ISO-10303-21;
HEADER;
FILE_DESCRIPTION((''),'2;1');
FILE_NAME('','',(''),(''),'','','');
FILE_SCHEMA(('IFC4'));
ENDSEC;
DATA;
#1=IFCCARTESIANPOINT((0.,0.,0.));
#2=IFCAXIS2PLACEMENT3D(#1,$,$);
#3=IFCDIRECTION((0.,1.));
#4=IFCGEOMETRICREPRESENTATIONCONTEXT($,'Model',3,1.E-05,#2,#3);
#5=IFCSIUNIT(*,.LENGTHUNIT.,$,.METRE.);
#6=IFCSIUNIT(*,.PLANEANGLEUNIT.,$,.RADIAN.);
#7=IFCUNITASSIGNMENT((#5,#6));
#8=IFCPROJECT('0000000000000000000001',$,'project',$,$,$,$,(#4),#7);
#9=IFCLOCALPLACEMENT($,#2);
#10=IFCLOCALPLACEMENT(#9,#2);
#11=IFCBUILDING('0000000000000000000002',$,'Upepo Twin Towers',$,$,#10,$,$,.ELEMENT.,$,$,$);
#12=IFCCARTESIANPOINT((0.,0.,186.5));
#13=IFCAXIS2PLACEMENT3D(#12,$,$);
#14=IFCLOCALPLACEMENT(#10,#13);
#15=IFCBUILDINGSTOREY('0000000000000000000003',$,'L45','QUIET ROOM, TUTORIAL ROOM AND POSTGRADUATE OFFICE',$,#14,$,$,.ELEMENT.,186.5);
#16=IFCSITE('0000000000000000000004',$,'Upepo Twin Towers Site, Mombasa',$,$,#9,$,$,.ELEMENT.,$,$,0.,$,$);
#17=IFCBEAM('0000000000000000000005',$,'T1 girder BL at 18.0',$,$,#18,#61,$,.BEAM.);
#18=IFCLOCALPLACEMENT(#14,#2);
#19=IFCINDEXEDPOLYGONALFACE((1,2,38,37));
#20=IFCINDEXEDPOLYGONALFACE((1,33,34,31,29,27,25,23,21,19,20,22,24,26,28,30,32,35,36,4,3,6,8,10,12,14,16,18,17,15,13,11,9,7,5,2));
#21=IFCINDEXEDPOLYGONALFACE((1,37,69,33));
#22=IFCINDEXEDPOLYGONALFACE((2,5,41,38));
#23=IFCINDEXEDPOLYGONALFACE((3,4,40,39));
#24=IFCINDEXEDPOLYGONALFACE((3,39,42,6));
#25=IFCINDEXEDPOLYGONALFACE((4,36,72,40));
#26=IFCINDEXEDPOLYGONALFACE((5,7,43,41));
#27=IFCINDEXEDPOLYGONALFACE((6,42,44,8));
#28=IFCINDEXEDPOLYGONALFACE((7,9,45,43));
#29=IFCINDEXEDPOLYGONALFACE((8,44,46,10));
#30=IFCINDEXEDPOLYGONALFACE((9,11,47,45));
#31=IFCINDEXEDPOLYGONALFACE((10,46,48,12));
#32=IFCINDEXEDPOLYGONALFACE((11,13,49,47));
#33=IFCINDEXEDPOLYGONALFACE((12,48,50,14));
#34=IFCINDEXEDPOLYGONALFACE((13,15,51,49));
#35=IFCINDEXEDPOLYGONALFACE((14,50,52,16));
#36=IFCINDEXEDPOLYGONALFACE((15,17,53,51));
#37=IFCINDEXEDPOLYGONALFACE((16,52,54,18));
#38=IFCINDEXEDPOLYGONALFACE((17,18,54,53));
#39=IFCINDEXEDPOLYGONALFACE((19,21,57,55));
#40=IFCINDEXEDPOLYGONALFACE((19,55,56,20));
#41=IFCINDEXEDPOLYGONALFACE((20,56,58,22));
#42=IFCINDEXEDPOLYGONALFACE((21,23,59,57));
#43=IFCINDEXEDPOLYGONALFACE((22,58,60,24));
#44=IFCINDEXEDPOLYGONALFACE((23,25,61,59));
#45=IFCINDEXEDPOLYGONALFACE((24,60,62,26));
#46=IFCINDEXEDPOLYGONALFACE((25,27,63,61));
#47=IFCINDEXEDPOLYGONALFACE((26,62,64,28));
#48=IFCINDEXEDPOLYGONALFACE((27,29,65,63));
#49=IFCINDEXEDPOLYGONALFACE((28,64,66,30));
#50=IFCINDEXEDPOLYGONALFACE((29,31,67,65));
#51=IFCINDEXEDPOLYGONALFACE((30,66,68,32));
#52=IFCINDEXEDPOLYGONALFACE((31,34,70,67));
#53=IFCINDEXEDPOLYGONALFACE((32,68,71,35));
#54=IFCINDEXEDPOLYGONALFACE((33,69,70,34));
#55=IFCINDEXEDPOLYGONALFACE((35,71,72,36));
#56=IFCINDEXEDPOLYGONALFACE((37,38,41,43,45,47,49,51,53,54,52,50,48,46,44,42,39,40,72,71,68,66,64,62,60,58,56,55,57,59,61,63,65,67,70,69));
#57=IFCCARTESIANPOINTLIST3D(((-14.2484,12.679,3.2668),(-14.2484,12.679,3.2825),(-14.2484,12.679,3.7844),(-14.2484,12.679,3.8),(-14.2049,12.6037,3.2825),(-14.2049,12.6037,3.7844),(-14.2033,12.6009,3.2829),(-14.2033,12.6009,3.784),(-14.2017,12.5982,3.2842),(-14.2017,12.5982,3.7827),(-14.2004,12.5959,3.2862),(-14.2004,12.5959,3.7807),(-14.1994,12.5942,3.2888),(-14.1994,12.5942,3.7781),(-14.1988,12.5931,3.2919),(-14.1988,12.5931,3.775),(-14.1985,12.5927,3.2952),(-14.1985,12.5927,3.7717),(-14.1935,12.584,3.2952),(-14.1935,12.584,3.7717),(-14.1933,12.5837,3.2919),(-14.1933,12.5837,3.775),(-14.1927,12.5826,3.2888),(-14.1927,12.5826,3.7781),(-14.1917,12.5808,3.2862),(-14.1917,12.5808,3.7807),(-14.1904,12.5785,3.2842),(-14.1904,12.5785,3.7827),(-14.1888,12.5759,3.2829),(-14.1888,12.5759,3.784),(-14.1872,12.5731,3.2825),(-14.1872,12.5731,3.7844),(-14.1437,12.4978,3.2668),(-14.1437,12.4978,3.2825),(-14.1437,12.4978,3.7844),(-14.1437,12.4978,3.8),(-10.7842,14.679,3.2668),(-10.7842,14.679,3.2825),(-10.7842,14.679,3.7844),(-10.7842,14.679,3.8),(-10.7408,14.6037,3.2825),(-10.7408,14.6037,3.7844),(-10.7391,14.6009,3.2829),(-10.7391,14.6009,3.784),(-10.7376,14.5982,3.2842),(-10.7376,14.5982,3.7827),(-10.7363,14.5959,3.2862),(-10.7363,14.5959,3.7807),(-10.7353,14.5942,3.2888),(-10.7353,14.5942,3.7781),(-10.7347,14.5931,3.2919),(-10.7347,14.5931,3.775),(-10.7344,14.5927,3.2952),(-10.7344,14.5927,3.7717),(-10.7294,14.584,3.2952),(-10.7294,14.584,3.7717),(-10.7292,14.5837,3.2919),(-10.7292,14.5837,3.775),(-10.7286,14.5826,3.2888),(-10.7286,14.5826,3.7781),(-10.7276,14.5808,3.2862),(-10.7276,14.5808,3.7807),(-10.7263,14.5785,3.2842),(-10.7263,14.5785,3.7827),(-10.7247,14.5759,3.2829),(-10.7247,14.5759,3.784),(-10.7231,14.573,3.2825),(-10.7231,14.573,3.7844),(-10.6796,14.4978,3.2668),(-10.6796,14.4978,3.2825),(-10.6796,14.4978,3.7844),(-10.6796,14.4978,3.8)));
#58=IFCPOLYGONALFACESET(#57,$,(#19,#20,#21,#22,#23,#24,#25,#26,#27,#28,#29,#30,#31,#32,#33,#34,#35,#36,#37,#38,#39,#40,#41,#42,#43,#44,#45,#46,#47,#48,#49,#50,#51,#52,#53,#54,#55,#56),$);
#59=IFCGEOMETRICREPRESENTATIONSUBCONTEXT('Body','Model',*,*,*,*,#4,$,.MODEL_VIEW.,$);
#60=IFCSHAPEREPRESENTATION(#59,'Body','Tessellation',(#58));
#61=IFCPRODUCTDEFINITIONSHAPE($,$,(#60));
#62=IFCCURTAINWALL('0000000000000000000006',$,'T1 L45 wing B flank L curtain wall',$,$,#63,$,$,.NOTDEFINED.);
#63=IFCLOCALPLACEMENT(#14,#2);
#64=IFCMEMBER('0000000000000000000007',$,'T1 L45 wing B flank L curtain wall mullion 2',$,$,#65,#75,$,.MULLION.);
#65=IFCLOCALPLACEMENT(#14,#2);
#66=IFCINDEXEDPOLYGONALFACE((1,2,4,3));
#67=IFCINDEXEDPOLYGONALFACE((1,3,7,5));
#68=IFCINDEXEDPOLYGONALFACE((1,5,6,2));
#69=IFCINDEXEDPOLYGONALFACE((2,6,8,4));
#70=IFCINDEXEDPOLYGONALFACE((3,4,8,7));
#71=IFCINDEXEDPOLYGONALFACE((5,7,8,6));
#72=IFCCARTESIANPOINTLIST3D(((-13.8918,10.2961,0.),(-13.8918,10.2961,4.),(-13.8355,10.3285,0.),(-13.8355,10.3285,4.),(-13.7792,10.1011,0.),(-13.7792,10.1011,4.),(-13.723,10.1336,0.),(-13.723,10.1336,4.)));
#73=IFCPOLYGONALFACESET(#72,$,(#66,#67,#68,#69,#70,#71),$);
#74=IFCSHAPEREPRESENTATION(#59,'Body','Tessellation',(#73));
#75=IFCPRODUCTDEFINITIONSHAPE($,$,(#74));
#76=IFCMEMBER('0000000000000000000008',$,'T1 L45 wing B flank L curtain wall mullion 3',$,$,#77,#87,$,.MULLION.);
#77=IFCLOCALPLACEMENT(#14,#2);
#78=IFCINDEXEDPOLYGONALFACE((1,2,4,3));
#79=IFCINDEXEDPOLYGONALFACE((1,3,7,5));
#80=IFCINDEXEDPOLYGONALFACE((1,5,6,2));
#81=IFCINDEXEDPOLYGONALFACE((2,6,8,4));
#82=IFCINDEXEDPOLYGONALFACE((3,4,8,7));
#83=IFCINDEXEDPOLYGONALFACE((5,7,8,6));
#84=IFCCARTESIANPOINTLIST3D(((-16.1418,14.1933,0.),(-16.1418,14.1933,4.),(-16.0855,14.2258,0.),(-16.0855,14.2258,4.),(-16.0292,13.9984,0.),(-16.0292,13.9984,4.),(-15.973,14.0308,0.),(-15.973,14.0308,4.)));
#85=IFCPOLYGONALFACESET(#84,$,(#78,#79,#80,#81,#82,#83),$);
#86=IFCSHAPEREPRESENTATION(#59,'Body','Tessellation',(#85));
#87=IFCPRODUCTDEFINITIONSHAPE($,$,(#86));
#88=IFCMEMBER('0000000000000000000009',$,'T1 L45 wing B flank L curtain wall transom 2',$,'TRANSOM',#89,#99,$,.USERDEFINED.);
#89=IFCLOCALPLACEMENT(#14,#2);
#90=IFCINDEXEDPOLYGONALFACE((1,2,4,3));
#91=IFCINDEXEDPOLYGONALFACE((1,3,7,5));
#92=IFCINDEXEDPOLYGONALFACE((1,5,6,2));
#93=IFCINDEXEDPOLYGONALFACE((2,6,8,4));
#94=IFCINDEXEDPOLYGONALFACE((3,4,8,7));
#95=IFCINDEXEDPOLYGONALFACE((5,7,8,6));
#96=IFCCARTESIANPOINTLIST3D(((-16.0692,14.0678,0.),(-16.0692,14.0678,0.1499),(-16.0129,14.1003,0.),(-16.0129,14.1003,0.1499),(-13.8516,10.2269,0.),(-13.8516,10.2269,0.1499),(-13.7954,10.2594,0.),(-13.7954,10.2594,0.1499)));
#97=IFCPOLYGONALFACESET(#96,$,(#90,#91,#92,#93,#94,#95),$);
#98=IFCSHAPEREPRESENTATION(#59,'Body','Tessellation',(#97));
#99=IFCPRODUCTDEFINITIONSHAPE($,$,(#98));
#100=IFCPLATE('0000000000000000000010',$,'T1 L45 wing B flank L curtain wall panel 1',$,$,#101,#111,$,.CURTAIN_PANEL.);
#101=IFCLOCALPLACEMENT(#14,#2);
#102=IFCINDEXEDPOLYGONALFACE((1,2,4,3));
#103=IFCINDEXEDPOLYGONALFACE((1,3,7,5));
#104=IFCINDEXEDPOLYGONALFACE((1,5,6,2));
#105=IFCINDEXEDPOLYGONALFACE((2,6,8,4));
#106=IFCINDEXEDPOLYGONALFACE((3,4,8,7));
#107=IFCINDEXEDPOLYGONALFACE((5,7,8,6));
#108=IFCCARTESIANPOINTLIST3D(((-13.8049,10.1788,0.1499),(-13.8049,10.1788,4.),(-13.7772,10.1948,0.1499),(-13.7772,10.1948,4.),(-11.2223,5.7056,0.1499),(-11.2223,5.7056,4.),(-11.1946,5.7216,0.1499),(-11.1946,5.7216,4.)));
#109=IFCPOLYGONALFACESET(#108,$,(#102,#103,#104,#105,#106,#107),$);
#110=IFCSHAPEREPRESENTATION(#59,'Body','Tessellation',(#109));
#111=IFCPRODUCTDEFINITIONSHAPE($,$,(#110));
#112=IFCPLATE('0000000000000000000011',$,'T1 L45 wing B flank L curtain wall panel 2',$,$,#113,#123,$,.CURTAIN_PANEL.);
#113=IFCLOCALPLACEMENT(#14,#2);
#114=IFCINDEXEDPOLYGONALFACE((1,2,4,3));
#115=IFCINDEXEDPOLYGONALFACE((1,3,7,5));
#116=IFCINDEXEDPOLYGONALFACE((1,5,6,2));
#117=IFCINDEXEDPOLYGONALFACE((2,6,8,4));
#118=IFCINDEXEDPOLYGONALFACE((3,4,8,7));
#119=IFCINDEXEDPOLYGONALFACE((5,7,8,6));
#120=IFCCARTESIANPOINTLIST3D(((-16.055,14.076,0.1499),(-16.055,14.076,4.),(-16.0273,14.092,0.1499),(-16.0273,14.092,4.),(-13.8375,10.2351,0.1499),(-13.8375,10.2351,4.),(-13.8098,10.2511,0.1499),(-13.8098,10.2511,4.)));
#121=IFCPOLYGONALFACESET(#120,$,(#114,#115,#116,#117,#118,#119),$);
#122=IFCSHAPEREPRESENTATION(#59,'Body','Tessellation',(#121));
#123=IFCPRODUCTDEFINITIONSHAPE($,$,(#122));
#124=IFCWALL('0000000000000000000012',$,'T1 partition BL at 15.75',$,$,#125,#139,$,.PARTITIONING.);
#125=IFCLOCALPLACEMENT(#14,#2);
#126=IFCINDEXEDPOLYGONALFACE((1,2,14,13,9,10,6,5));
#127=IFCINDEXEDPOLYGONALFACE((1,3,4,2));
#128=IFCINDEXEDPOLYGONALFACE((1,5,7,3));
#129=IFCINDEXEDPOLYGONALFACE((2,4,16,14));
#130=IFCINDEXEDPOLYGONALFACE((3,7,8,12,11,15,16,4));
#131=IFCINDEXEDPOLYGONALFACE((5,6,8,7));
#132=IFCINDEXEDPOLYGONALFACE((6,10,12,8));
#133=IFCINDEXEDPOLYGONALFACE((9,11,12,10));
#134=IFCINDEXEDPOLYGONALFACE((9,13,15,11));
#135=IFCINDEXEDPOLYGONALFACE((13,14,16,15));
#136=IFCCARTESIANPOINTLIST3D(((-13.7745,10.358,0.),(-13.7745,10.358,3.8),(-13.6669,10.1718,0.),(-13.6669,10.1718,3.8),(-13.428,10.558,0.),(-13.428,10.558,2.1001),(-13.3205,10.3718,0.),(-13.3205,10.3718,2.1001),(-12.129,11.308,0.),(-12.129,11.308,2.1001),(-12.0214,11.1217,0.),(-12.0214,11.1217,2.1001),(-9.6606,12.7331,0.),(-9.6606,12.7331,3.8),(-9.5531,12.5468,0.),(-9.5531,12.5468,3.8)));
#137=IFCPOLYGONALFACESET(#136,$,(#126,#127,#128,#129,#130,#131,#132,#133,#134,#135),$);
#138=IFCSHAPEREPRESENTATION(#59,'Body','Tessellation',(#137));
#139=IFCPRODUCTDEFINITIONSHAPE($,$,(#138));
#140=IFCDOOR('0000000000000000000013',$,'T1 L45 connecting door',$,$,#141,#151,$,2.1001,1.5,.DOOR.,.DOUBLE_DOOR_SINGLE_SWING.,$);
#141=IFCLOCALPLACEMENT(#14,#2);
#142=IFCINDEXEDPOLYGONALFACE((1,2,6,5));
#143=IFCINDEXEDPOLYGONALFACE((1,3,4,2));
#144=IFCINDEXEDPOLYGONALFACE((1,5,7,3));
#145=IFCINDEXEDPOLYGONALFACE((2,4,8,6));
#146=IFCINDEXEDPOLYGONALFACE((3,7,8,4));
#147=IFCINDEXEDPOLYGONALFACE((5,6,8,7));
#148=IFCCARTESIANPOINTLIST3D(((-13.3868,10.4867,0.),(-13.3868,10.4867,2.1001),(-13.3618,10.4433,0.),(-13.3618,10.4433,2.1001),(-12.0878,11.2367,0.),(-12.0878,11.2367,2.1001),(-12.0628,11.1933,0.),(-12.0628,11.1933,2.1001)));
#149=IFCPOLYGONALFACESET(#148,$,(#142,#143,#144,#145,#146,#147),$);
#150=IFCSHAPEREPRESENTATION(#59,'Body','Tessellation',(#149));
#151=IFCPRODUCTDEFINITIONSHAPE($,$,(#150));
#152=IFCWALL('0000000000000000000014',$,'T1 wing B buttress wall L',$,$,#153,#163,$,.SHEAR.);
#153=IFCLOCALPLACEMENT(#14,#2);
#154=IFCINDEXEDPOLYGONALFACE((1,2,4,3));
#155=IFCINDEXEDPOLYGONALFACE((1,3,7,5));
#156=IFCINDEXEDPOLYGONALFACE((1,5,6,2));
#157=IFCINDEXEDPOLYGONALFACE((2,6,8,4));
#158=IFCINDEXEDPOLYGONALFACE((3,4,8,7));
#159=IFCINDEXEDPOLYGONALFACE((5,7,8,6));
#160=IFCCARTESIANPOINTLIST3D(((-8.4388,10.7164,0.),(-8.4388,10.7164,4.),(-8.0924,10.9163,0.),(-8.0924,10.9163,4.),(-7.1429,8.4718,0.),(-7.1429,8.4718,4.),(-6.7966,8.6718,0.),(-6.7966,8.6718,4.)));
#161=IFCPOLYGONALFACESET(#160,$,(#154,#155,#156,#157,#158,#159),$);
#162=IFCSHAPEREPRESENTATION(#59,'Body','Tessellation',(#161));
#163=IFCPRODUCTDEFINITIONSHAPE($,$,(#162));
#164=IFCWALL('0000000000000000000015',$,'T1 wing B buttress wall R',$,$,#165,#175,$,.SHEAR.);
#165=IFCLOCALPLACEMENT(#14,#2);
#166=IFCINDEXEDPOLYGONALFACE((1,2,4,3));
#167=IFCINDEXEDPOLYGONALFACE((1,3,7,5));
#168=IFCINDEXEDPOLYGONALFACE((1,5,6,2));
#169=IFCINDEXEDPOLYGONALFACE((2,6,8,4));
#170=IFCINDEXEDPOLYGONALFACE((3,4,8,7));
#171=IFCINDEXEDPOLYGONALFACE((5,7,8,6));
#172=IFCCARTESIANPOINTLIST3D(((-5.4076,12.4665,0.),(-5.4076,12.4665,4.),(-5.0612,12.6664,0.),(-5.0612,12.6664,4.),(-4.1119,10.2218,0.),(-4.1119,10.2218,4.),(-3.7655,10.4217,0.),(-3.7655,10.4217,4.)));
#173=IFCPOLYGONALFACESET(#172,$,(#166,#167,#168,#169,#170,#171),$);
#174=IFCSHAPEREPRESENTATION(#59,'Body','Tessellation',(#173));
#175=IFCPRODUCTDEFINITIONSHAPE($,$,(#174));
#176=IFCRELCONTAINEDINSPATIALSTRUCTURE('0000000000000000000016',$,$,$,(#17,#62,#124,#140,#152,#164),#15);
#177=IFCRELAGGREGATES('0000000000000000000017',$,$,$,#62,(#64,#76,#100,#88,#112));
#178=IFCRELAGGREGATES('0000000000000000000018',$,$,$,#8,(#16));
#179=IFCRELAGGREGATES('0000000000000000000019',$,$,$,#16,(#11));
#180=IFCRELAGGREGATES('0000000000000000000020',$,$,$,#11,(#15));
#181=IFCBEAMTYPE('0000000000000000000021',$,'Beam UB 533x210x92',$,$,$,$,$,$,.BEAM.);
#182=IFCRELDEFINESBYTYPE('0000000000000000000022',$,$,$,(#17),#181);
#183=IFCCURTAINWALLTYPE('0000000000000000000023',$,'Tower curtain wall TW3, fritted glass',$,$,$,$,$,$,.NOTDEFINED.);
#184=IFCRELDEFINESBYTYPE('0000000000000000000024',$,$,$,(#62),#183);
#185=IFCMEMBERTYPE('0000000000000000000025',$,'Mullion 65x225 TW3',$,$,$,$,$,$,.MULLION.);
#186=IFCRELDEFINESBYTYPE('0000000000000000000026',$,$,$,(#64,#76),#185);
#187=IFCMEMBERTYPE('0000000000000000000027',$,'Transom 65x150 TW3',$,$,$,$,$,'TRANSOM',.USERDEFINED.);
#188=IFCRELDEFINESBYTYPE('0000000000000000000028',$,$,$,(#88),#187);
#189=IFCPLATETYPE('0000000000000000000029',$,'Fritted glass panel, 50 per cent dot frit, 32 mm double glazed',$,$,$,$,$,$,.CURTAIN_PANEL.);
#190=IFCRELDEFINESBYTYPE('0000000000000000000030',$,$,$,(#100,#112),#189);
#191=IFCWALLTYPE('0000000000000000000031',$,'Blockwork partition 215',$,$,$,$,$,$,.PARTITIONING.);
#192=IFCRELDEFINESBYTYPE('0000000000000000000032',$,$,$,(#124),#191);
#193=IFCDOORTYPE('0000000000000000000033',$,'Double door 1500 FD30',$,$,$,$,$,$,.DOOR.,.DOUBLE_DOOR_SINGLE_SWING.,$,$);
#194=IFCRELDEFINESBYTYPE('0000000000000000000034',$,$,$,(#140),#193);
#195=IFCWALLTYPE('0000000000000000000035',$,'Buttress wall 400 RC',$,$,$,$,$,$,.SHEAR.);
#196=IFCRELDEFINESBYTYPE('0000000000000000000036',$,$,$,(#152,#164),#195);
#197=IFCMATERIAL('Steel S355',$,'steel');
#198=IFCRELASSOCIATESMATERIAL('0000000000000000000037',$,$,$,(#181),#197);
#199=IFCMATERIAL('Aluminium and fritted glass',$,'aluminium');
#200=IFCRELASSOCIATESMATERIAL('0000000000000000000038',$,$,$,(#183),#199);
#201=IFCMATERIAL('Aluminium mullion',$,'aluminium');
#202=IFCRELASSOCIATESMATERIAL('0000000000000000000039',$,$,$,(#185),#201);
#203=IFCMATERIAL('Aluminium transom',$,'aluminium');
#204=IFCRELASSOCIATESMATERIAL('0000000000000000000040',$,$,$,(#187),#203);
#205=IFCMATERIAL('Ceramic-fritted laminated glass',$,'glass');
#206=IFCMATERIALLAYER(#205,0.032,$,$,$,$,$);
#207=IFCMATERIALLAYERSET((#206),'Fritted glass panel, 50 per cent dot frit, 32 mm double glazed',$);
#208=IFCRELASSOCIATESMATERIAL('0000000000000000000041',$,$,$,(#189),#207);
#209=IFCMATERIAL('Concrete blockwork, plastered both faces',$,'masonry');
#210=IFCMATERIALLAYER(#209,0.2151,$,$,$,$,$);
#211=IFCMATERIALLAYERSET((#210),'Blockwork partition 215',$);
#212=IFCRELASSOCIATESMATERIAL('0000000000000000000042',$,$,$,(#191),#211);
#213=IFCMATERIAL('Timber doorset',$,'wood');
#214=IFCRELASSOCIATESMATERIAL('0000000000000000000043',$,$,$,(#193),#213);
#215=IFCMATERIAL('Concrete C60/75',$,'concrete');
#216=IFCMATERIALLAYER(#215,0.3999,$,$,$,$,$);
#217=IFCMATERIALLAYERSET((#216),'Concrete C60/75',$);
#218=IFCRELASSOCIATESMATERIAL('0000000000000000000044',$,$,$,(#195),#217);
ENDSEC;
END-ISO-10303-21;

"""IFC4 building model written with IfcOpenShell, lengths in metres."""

from ifc_helpers import new_model, si_unit, direction, frame, frame_2d, origin, origin_2d, place, context, subcontext, project, spatial, rectangle, i_section, extrude, material, layer, layer_set, material_profile, profile_set, type_object, element, fill, aggregate, save


model = new_model("IFC4")

# Units and contexts
model_context = context("Model", 3, precision=1e-05, world=origin(), true_north=direction((0.0, 1.0)))
body_context = subcontext(model_context, "Body", "Model", "MODEL_VIEW")
ifc_project = project(units=[si_unit("LENGTHUNIT", "METRE"), si_unit("PLANEANGLEUNIT", "RADIAN")], contexts=[model_context])

# Site, building, storey
site_placement = place(None, origin())
site = spatial("IfcSite", under=ifc_project, at=site_placement, Name="Upepo Twin Towers Site, Mombasa", CompositionType="ELEMENT", RefElevation=0.0)
building_placement = place(site_placement, origin())
building = spatial("IfcBuilding", under=site, at=building_placement, Name="Upepo Twin Towers", CompositionType="ELEMENT")
storey_placement = place(building_placement, frame((0.0, 0.0, 186.5)))
storey = spatial("IfcBuildingStorey", under=building, at=storey_placement, Name="L45", Description="QUIET ROOM, TUTORIAL ROOM AND POSTGRADUATE OFFICE", CompositionType="ELEMENT", Elevation=186.5)

# Beam
ifc_material_1 = material(Name="Steel S355", Category="steel")
ifc_material_profile_1 = material_profile(ifc_material_1, i_section(OverallWidth=0.2092, OverallDepth=0.5332, WebThickness=0.01, FlangeThickness=0.0156, FilletRadius=0.0127, at=origin_2d()), Name="UB 533x210x92")
ifc_profile_set_1 = profile_set([ifc_material_profile_1], Name="Steel S355")
beam_type_1 = type_object("IfcBeamType", Name="Beam UB 533x210x92", PredefinedType="BEAM", material=ifc_profile_set_1)
for number, where, z_axis, x_axis, name in (
    (1, (-14.196, 12.5884, 3.5334), (0.866026, 0.499999, 0.0), (-0.499999, 0.866026, 0.0), "T1 girder BL at 18.0"),
):
    element("IfcBeam", number, at=place(storey_placement, frame(where, z_axis=z_axis, x_axis=x_axis)), inside=storey, type_object=beam_type_1, Name=name, PredefinedType="BEAM", context=body_context, shape_type="SweptSolid", body=[
        extrude(i_section(OverallWidth=0.2092, OverallDepth=0.5332, WebThickness=0.01, FlangeThickness=0.0156, FilletRadius=0.0127, at=origin_2d()), origin(), (0.0, 0.0, 1.0), 4.0),
    ])

# Curtain wall, members, plates
ifc_material_2 = material(Name="Aluminium and fritted glass", Category="aluminium")
curtain_wall_type = type_object("IfcCurtainWallType", Name="Tower curtain wall TW3, fritted glass", PredefinedType="NOTDEFINED", material=ifc_material_2)
curtain_wall_placement = place(storey_placement, origin())
curtain_wall = element("IfcCurtainWall", 2, at=curtain_wall_placement, inside=storey, type_object=curtain_wall_type, Name="T1 L45 wing B flank L curtain wall", PredefinedType="NOTDEFINED")
ifc_material_3 = material(Name="Aluminium mullion", Category="aluminium")
ifc_material_profile_2 = material_profile(ifc_material_3, rectangle(XDim=0.0649, YDim=0.2251, at=origin_2d()), Name="MULLION 65x225")
ifc_profile_set_2 = profile_set([ifc_material_profile_2], Name="Aluminium mullion")
member_type_1 = type_object("IfcMemberType", Name="Mullion 65x225 TW3", PredefinedType="MULLION", material=ifc_profile_set_2)
member_1_placement = place(storey_placement, frame((-13.8074, 10.2148, 0.0), z_axis=(0.0, 0.0, 1.0), x_axis=(-0.866025, -0.5, 0.0)))
member_1 = element("IfcMember", 3, at=member_1_placement, type_object=member_type_1, Name="T1 L45 wing B flank L curtain wall mullion 2", PredefinedType="MULLION", context=body_context, shape_type="SweptSolid", body=[
    extrude(rectangle(XDim=0.0649, YDim=0.2251, at=origin_2d()), origin(), (0.0, 0.0, 1.0), 4.0),
])
member_2_placement = place(storey_placement, frame((-16.0574, 14.1121, 0.0), z_axis=(0.0, 0.0, 1.0), x_axis=(-0.866025, -0.5, 0.0)))
member_2 = element("IfcMember", 4, at=member_2_placement, type_object=member_type_1, Name="T1 L45 wing B flank L curtain wall mullion 3", PredefinedType="MULLION", context=body_context, shape_type="SweptSolid", body=[
    extrude(rectangle(XDim=0.0649, YDim=0.2251, at=origin_2d()), origin(), (0.0, 0.0, 1.0), 4.0),
])
ifc_material_4 = material(Name="Aluminium transom", Category="aluminium")
ifc_material_profile_3 = material_profile(ifc_material_4, rectangle(XDim=0.0649, YDim=0.1499, at=origin_2d()), Name="TRANSOM 65x150")
ifc_profile_set_3 = profile_set([ifc_material_profile_3], Name="Aluminium transom")
member_type_2 = type_object("IfcMemberType", Name="Transom 65x150 TW3", ElementType="TRANSOM", PredefinedType="USERDEFINED", material=ifc_profile_set_3)
member_3_placement = place(storey_placement, frame((-13.8235, 10.2432, 0.075), z_axis=(-0.500005, 0.866022, 0.0), x_axis=(-0.866022, -0.500005, 0.0)))
member_3 = element("IfcMember", 5, at=member_3_placement, type_object=member_type_2, Name="T1 L45 wing B flank L curtain wall transom 2", ObjectType="TRANSOM", PredefinedType="USERDEFINED", context=body_context, shape_type="SweptSolid", body=[
    extrude(rectangle(XDim=0.0649, YDim=0.1499, at=origin_2d()), origin(), (0.0, 0.0, 1.0), 4.4351),
])
ifc_material_5 = material(Name="Ceramic-fritted laminated glass", Category="glass")
ifc_layer_1 = layer(ifc_material_5, 0.032)
ifc_layer_set_1 = layer_set([ifc_layer_1], Name="Fritted glass panel, 50 per cent dot frit, 32 mm double glazed")
plate_type = type_object("IfcPlateType", Name="Fritted glass panel, 50 per cent dot frit, 32 mm double glazed", PredefinedType="CURTAIN_PANEL", material=ifc_layer_set_1)
plate_1_placement = place(storey_placement, frame((-12.4998, 7.9502, 0.1499), z_axis=(0.0, 0.0, 1.0), x_axis=(-0.5, 0.866025, 0.0)))
plate_1 = element("IfcPlate", 6, at=plate_1_placement, type_object=plate_type, Name="T1 L45 wing B flank L curtain wall panel 1", PredefinedType="CURTAIN_PANEL", context=body_context, shape_type="SweptSolid", body=[
    extrude(rectangle(XDim=5.1653, YDim=0.032, at=origin_2d()), origin(), (0.0, 0.0, 1.0), 3.8501),
])
plate_2_placement = place(storey_placement, frame((-14.9324, 12.1636, 0.1499), z_axis=(0.0, 0.0, 1.0), x_axis=(-0.5, 0.866025, 0.0)))
plate_2 = element("IfcPlate", 7, at=plate_2_placement, type_object=plate_type, Name="T1 L45 wing B flank L curtain wall panel 2", PredefinedType="CURTAIN_PANEL", context=body_context, shape_type="SweptSolid", body=[
    extrude(rectangle(XDim=4.4351, YDim=0.032, at=origin_2d()), origin(), (0.0, 0.0, 1.0), 3.8501),
])
aggregate(curtain_wall, [member_1, member_2, plate_1, member_3, plate_2])

# Wall, opening, door
ifc_material_6 = material(Name="Concrete blockwork, plastered both faces", Category="masonry")
ifc_layer_2 = layer(ifc_material_6, 0.2151)
ifc_layer_set_2 = layer_set([ifc_layer_2], Name="Blockwork partition 215")
wall_type_1 = type_object("IfcWallType", Name="Blockwork partition 215", PredefinedType="PARTITIONING", material=ifc_layer_set_2)
wall_1_placement = place(storey_placement, frame((-9.6069, 12.6399, 0.0), z_axis=(0.0, 0.0, 1.0), x_axis=(-0.866033, -0.499986, 0.0)))
wall_1 = element("IfcWall", 8, at=wall_1_placement, inside=storey, type_object=wall_type_1, Name="T1 partition BL at 15.75", PredefinedType="PARTITIONING", context=body_context, shape_type="SweptSolid", body=[
    extrude(rectangle(XDim=4.7502, YDim=0.2151, at=frame_2d((2.375, 0.0))), origin(), (0.0, 0.0, 1.0), 3.8),
])
opening_1_placement = place(wall_1_placement, frame((2.8501, 0.0, 0.0)))
opening_1 = element("IfcOpeningElement", 9, at=opening_1_placement, cuts=wall_1, PredefinedType="OPENING", context=body_context, shape_type="SweptSolid", body=[
    extrude(rectangle(XDim=1.5, YDim=2.1001, at=frame_2d((0.75, 1.05))), frame((0.0, 0.1174, 0.0), z_axis=(0.0, -1.0, 0.0), x_axis=(1.0, 0.0, 0.0)), (0.0, 0.0, 1.0), 0.2351),
])
ifc_material_7 = material(Name="Timber doorset", Category="wood")
door_type_1 = type_object("IfcDoorType", Name="Double door 1500 FD30", OperationType="DOUBLE_DOOR_SINGLE_SWING", PredefinedType="DOOR", material=ifc_material_7)
door_1_placement = place(opening_1_placement, origin())
door_1 = element("IfcDoor", 10, at=door_1_placement, inside=storey, type_object=door_type_1, Name="T1 L45 connecting door", OperationType="DOUBLE_DOOR_SINGLE_SWING", OverallHeight=2.1001, OverallWidth=1.5, PredefinedType="DOOR", context=body_context, shape_type="SweptSolid", body=[
    extrude(rectangle(XDim=1.5, YDim=2.1001, at=frame_2d((0.75, 1.05))), frame((0.0, 0.0249, 0.0), z_axis=(0.0, -1.0, 0.0), x_axis=(1.0, 0.0, 0.0)), (0.0, 0.0, 1.0), 0.05),
])
fill(opening_1, door_1)

# Walls
ifc_material_8 = material(Name="Concrete C60/75", Category="concrete")
ifc_layer_3 = layer(ifc_material_8, 0.3999)
ifc_layer_set_3 = layer_set([ifc_layer_3], Name="Concrete C60/75")
wall_type_2 = type_object("IfcWallType", Name="Buttress wall 400 RC", PredefinedType="SHEAR", material=ifc_layer_set_3)
for number, where, z_axis, x_axis, name in (
    (11, (-6.9697, 8.5718, 0.0), (0.0, 0.0, 1.0), (-0.499989, 0.866032, 0.0), "T1 wing B buttress wall L"),
    (12, (-3.9387, 10.3218, 0.0), (0.0, 0.0, 1.0), (-0.499918, 0.866073, 0.0), "T1 wing B buttress wall R"),
):
    element("IfcWall", number, at=place(storey_placement, frame(where, z_axis=z_axis, x_axis=x_axis)), inside=storey, type_object=wall_type_2, Name=name, PredefinedType="SHEAR", context=body_context, shape_type="SweptSolid", body=[
        extrude(rectangle(XDim=2.5918, YDim=0.3999, at=frame_2d((1.2959, 0.0))), origin(), (0.0, 0.0, 1.0), 4.0),
    ])

save(model, "model.ifc")
